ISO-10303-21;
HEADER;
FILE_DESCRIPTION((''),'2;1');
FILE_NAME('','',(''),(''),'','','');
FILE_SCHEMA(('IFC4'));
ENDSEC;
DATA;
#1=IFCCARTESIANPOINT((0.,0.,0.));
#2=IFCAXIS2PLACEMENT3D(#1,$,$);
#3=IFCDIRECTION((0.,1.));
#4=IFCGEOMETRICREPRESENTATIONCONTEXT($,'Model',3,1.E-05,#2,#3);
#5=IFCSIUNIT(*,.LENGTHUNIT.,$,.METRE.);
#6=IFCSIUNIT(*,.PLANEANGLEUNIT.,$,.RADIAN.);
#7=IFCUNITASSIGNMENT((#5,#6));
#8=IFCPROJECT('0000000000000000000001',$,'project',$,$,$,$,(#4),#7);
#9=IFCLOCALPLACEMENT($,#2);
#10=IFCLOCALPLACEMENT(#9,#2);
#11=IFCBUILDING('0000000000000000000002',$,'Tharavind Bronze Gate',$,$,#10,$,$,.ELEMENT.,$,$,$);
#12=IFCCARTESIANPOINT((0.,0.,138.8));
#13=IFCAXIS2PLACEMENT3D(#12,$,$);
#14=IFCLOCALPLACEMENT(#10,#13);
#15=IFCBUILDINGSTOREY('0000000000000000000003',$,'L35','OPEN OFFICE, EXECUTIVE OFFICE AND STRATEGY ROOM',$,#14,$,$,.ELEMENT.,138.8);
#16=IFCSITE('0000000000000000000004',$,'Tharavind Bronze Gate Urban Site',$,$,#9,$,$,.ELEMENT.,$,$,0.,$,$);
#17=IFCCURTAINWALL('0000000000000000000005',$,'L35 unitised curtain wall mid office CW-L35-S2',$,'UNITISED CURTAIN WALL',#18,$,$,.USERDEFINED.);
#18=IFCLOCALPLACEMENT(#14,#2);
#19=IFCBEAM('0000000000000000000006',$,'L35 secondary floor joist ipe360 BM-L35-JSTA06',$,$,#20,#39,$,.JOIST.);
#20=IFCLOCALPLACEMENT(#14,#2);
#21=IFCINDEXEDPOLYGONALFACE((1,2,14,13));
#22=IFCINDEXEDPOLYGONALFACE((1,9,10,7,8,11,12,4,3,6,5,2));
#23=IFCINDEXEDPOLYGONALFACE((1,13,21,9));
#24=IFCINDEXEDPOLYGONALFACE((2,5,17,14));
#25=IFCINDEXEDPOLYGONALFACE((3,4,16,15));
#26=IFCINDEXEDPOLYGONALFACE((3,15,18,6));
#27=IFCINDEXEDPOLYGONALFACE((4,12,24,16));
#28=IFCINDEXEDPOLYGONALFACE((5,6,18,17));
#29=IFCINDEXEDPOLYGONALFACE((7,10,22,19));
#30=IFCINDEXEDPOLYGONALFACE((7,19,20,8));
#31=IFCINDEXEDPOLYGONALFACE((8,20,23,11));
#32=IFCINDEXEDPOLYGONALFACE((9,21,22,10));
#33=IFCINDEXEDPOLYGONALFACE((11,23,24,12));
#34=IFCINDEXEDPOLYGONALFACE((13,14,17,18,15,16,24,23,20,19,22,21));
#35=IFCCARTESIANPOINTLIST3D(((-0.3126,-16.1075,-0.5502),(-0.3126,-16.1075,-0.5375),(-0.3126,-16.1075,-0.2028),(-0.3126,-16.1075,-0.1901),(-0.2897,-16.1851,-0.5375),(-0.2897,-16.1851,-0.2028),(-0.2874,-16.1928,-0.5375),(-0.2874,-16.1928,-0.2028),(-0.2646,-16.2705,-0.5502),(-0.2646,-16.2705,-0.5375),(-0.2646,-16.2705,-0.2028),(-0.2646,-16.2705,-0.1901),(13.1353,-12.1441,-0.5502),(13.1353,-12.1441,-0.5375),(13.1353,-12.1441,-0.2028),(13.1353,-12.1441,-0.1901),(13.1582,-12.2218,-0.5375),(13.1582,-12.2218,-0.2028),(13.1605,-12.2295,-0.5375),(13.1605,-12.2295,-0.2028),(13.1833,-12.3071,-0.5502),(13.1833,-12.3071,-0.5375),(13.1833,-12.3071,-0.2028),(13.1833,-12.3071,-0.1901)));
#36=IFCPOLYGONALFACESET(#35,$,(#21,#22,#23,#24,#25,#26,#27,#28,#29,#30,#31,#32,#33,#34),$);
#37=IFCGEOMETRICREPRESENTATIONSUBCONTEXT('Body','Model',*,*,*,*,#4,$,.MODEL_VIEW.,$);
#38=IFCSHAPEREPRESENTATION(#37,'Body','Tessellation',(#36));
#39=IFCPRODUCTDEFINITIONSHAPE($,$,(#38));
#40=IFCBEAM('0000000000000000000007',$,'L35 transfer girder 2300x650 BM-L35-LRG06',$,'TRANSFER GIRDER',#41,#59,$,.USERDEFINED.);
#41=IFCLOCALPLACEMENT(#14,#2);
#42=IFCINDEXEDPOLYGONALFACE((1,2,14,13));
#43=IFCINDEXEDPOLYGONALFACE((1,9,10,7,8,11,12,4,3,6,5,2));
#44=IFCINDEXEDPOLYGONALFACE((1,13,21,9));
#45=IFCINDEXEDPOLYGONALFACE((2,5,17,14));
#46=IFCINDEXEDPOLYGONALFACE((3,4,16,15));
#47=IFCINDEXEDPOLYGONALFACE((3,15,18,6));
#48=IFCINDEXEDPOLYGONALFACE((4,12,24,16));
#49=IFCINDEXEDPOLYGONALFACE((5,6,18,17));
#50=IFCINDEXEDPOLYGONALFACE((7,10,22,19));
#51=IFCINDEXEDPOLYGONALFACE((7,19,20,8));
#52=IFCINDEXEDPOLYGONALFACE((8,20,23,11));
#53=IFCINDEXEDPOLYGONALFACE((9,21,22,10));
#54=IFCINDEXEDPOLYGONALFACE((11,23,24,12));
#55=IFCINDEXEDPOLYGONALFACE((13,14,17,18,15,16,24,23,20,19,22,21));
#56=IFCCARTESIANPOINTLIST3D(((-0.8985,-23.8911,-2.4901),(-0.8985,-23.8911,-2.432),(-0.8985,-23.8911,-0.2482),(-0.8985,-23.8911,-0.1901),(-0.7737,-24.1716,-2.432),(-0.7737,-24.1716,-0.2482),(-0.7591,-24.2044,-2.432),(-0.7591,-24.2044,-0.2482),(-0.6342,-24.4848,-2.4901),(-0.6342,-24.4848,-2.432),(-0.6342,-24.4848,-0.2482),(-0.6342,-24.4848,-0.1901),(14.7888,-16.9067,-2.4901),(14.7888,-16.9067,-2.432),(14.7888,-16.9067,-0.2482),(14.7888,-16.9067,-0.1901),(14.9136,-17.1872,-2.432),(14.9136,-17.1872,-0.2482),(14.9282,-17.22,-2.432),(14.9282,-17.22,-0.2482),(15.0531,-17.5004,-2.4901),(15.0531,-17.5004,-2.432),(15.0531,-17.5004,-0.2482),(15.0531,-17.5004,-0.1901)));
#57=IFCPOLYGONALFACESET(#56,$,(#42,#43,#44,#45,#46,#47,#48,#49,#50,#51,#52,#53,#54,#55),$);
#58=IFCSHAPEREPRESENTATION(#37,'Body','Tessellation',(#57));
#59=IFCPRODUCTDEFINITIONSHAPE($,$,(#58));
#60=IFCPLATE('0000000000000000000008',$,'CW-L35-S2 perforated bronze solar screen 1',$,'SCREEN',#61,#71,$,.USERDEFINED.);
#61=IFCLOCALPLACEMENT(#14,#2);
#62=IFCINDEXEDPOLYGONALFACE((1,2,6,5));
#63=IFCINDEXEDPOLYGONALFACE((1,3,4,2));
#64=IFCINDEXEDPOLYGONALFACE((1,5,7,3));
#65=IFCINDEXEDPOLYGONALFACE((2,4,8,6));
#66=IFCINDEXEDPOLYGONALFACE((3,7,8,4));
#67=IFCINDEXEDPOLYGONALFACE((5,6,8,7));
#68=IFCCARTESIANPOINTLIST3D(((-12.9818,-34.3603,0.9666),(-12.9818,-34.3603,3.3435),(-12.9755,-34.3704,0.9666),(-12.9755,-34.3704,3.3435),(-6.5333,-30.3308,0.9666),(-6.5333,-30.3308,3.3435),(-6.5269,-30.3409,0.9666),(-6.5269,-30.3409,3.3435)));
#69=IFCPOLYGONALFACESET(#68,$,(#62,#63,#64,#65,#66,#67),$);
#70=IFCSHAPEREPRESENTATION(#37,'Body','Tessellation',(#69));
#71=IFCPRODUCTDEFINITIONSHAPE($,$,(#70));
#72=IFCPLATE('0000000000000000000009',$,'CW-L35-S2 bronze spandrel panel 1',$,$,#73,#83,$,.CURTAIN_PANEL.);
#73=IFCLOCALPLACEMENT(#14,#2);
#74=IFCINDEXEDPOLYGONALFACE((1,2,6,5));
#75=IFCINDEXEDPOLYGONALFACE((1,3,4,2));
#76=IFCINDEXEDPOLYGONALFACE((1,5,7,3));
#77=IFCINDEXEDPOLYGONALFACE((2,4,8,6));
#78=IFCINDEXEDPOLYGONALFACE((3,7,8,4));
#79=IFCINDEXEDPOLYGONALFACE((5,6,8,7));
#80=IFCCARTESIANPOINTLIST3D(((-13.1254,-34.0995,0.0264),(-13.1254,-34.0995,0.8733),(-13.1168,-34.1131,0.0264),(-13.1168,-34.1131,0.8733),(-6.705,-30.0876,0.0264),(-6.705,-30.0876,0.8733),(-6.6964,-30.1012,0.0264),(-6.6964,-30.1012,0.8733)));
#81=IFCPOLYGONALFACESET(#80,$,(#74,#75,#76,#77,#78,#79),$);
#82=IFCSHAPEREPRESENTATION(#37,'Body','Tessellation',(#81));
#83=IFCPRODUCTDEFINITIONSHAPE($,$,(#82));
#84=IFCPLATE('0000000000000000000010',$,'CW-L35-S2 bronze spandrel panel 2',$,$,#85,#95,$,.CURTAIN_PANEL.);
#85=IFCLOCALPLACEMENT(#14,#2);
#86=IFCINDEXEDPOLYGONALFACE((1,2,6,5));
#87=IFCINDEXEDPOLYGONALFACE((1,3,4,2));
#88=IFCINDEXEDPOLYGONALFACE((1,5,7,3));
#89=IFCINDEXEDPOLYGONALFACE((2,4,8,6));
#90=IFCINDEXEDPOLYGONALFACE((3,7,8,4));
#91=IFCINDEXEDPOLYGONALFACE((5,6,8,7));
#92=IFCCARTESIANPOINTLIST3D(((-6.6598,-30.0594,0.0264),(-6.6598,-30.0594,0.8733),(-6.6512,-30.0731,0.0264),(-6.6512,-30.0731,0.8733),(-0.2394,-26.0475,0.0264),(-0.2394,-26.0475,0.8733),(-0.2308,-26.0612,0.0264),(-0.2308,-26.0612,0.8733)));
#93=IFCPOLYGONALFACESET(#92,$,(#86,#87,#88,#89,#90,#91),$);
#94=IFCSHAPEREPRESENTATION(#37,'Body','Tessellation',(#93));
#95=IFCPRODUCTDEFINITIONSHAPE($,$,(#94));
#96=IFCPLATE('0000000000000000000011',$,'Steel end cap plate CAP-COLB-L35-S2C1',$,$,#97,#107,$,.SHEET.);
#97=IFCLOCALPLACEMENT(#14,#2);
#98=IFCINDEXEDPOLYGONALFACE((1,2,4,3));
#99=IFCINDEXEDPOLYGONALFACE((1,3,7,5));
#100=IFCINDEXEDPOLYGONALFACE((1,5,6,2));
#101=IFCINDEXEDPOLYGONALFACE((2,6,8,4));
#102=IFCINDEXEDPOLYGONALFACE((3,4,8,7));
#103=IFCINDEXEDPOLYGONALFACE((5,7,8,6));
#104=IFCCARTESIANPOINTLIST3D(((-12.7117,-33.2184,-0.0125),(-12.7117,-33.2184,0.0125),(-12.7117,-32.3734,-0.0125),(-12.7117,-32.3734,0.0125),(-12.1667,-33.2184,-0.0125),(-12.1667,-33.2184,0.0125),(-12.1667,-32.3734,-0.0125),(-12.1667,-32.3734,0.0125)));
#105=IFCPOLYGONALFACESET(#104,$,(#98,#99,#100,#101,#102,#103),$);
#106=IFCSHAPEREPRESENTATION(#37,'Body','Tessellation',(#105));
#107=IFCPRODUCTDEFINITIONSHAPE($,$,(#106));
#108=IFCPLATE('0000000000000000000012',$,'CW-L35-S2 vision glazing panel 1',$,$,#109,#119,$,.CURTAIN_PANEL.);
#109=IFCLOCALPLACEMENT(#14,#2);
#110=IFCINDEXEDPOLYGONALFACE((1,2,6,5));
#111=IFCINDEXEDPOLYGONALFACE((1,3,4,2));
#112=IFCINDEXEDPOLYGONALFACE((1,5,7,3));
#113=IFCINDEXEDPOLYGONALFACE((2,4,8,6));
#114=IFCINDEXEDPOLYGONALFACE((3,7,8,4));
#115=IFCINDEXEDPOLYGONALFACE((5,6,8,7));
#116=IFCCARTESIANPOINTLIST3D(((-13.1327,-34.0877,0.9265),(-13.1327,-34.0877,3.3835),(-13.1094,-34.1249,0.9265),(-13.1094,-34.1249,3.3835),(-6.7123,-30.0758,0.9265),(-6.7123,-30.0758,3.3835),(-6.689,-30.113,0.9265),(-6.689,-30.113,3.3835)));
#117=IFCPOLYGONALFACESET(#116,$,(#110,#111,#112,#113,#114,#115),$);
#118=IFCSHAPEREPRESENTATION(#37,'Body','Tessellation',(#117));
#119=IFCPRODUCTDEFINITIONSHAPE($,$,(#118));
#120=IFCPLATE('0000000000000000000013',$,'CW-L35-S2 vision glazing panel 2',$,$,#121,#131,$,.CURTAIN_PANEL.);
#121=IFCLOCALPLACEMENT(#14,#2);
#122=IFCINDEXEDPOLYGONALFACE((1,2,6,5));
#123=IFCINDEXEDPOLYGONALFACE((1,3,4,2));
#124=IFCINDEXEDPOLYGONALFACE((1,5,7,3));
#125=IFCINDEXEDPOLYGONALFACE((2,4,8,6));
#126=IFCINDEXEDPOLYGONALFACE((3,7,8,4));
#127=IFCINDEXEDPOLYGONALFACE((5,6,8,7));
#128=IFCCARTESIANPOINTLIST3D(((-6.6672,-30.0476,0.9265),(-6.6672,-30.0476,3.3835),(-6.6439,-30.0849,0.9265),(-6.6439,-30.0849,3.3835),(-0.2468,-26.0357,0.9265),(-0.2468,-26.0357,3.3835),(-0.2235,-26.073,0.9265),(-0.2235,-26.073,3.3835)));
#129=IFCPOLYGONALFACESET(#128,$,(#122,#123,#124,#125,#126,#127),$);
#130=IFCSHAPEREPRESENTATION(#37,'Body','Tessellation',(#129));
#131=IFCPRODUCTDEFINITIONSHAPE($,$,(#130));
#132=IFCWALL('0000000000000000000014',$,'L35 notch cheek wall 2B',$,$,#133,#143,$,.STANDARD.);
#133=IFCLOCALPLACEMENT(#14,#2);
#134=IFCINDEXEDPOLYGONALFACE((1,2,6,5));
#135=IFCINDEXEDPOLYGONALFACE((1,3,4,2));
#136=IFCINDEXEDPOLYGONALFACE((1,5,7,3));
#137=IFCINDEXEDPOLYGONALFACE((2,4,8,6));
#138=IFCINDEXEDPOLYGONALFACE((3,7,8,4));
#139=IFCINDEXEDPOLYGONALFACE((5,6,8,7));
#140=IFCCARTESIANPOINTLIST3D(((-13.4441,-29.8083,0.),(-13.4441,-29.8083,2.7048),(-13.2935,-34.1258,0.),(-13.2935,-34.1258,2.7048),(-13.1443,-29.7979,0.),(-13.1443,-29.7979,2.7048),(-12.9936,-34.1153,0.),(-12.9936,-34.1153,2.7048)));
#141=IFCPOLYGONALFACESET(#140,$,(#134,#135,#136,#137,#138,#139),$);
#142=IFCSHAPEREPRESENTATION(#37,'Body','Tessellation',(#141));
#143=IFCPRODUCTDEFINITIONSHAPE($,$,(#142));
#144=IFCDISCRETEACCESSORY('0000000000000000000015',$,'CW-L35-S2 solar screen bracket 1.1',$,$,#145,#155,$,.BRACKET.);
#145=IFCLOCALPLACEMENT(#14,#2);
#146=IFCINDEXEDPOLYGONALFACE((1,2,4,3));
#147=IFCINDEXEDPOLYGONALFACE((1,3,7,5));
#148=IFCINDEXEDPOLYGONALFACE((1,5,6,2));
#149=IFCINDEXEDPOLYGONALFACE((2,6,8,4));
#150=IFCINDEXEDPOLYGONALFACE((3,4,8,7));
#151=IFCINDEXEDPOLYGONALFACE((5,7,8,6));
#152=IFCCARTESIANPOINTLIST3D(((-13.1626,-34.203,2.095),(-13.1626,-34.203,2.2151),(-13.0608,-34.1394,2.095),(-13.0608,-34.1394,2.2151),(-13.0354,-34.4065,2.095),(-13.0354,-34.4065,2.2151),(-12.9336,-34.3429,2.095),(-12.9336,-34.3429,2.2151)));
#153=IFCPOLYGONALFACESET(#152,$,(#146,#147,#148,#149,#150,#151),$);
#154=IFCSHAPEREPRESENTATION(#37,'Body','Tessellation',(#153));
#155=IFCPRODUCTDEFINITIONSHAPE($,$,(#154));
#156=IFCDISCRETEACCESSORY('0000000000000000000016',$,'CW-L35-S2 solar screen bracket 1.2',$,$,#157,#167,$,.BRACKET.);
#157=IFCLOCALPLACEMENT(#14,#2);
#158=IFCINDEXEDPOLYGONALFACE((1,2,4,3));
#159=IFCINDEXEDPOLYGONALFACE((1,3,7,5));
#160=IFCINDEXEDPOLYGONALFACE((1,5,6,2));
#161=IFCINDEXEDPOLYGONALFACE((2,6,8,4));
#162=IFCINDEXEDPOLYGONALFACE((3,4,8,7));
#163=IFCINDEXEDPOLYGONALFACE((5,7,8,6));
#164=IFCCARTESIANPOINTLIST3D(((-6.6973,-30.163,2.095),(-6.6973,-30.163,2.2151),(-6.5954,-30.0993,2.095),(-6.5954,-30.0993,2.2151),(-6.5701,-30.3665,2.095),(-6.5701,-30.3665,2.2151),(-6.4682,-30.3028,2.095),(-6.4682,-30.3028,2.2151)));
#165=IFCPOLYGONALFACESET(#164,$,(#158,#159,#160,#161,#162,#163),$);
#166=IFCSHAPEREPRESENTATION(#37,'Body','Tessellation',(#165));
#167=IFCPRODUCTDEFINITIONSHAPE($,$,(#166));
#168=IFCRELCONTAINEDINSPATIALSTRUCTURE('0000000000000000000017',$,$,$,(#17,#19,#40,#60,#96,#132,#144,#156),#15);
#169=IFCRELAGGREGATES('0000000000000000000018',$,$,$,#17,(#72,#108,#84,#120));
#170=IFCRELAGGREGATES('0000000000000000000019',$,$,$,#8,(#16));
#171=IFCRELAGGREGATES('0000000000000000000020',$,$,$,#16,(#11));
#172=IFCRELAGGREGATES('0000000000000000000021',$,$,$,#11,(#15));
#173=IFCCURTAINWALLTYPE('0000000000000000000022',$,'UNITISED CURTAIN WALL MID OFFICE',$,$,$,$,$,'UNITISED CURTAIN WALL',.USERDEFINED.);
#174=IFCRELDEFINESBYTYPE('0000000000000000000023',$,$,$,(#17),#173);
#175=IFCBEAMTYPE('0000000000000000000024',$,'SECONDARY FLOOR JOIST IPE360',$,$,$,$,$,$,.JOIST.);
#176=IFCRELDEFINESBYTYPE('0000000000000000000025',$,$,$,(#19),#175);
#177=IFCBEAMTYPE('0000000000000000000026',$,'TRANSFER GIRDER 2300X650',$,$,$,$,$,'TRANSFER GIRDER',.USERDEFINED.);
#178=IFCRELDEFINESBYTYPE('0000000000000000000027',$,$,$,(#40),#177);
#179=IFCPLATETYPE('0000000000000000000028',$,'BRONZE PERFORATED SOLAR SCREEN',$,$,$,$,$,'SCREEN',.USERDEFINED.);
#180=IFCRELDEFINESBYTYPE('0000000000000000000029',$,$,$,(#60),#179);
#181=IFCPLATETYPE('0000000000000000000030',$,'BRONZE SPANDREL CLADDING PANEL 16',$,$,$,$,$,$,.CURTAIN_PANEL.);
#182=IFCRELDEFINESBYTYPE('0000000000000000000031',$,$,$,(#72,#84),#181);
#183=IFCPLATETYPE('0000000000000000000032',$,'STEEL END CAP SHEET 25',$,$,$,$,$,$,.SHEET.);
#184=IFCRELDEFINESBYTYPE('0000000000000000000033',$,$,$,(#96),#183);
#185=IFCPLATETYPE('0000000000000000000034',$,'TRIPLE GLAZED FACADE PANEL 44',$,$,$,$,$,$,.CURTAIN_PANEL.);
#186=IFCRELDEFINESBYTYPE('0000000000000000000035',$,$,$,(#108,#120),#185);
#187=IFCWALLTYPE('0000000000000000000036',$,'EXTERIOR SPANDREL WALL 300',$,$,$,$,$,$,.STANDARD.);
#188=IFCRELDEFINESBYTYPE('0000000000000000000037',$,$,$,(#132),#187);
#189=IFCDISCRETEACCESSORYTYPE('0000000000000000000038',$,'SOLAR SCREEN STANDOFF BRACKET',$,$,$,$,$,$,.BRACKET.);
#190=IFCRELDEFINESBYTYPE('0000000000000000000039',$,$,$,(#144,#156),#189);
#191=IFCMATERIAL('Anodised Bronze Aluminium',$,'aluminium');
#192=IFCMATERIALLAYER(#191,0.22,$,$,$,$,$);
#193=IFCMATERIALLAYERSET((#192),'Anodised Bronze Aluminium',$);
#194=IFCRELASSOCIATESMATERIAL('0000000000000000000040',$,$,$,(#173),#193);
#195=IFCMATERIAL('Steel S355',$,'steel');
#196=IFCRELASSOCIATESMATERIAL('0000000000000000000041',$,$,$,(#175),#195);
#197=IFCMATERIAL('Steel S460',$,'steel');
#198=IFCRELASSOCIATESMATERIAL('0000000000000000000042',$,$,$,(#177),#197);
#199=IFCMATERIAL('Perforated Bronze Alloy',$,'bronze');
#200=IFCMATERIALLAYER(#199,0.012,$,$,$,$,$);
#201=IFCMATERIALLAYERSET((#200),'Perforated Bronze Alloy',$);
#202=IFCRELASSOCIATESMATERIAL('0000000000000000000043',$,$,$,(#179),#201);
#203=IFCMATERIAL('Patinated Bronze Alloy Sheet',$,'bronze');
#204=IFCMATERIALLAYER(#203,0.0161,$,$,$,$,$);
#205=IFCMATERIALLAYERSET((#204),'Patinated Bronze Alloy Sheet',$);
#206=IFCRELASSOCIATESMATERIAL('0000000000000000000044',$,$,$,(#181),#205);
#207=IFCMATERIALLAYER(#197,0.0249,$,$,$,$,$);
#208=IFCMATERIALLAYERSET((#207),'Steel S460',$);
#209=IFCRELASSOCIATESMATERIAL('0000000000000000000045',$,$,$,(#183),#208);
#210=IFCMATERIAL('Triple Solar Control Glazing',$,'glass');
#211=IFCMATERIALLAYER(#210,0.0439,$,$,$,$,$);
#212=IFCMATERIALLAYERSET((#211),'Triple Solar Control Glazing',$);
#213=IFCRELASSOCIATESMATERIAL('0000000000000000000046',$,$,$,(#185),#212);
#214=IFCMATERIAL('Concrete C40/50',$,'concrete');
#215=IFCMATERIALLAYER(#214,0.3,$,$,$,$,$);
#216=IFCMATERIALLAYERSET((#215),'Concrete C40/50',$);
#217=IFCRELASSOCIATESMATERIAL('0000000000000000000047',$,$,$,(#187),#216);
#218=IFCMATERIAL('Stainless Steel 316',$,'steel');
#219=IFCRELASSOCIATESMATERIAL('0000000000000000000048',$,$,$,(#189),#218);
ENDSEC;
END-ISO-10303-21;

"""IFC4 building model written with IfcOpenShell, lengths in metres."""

from ifc_helpers import new_model, si_unit, direction, frame, frame_2d, origin, origin_2d, place, context, subcontext, project, spatial, rectangle, i_section, extrude, material, layer, layer_set, material_profile, profile_set, type_object, element, aggregate, save


model = new_model("IFC4")

# Units and contexts
model_context = context("Model", 3, precision=1e-05, world=origin(), true_north=direction((0.0, 1.0)))
body_context = subcontext(model_context, "Body", "Model", "MODEL_VIEW")
ifc_project = project(units=[si_unit("LENGTHUNIT", "METRE"), si_unit("PLANEANGLEUNIT", "RADIAN")], contexts=[model_context])

# Site, building, storey
site_placement = place(None, origin())
site = spatial("IfcSite", under=ifc_project, at=site_placement, Name="Tharavind Bronze Gate Urban Site", CompositionType="ELEMENT", RefElevation=0.0)
building_placement = place(site_placement, origin())
building = spatial("IfcBuilding", under=site, at=building_placement, Name="Tharavind Bronze Gate", CompositionType="ELEMENT")
storey_placement = place(building_placement, frame((0.0, 0.0, 138.8)))
storey = spatial("IfcBuildingStorey", under=building, at=storey_placement, Name="L35", Description="OPEN OFFICE, EXECUTIVE OFFICE AND STRATEGY ROOM", CompositionType="ELEMENT", Elevation=138.8)

# Shared definitions
ifc_material_1 = material(Name="Steel S460", Category="steel")

# Curtain wall
ifc_material_2 = material(Name="Anodised Bronze Aluminium", Category="aluminium")
ifc_layer_1 = layer(ifc_material_2, 0.22)
ifc_layer_set_1 = layer_set([ifc_layer_1], Name="Anodised Bronze Aluminium")
curtain_wall_type = type_object("IfcCurtainWallType", Name="UNITISED CURTAIN WALL MID OFFICE", ElementType="UNITISED CURTAIN WALL", PredefinedType="USERDEFINED", material=ifc_layer_set_1)
curtain_wall_placement = place(storey_placement, origin())
curtain_wall = element("IfcCurtainWall", 1, at=curtain_wall_placement, inside=storey, type_object=curtain_wall_type, Name="L35 unitised curtain wall mid office CW-L35-S2", ObjectType="UNITISED CURTAIN WALL", PredefinedType="USERDEFINED")

# Beams
ifc_material_3 = material(Name="Steel S355", Category="steel")
ifc_material_profile_1 = material_profile(ifc_material_3, i_section(OverallWidth=0.1699, OverallDepth=0.3601, WebThickness=0.0081, FlangeThickness=0.0127, at=origin_2d()), Name="IPE360")
ifc_profile_set_1 = profile_set([ifc_material_profile_1], Name="Steel S355")
beam_type_1 = type_object("IfcBeamType", Name="SECONDARY FLOOR JOIST IPE360", PredefinedType="JOIST", material=ifc_profile_set_1)
beam_1_placement = place(storey_placement, frame((-0.2886, -16.189, -0.3701), z_axis=(0.959209, 0.282697, 0.0), x_axis=(-0.282697, 0.959209, 0.0)))
element("IfcBeam", 2, at=beam_1_placement, inside=storey, type_object=beam_type_1, Name="L35 secondary floor joist ipe360 BM-L35-JSTA06", PredefinedType="JOIST", context=body_context, shape_type="SweptSolid", body=[
    extrude(i_section(OverallWidth=0.1699, OverallDepth=0.3601, WebThickness=0.0081, FlangeThickness=0.0127, at=origin_2d()), origin(), (0.0, 0.0, 1.0), 14.0198),
])
ifc_material_profile_2 = material_profile(ifc_material_1, i_section(OverallWidth=0.6499, OverallDepth=2.3, WebThickness=0.0359, FlangeThickness=0.0581, at=origin_2d()), Name="PG2300X650")
ifc_profile_set_2 = profile_set([ifc_material_profile_2], Name="Steel S460")
beam_type_2 = type_object("IfcBeamType", Name="TRANSFER GIRDER 2300X650", ElementType="TRANSFER GIRDER", PredefinedType="USERDEFINED", material=ifc_profile_set_2)
beam_2_placement = place(storey_placement, frame((-0.7664, -24.188, -1.3401), z_axis=(0.913546, 0.406735, 0.0), x_axis=(-0.406735, 0.913546, 0.0)))
element("IfcBeam", 3, at=beam_2_placement, inside=storey, type_object=beam_type_2, Name="L35 transfer girder 2300x650 BM-L35-LRG06", ObjectType="TRANSFER GIRDER", PredefinedType="USERDEFINED", context=body_context, shape_type="SweptSolid", body=[
    extrude(i_section(OverallWidth=0.6499, OverallDepth=2.3, WebThickness=0.0359, FlangeThickness=0.0581, at=origin_2d()), origin(), (0.0, 0.0, 1.0), 17.1719),
])

# Plates
ifc_material_4 = material(Name="Perforated Bronze Alloy", Category="bronze")
ifc_layer_2 = layer(ifc_material_4, 0.012)
ifc_layer_set_2 = layer_set([ifc_layer_2], Name="Perforated Bronze Alloy")
plate_type_1 = type_object("IfcPlateType", Name="BRONZE PERFORATED SOLAR SCREEN", ElementType="SCREEN", PredefinedType="USERDEFINED", material=ifc_layer_set_2)
plate_1_placement = place(storey_placement, frame((-9.7544, -32.3506, 0.9666), z_axis=(0.0, 0.0, 1.0), x_axis=(0.848048, 0.529919, 0.0)))
element("IfcPlate", 4, at=plate_1_placement, inside=storey, type_object=plate_type_1, Name="CW-L35-S2 perforated bronze solar screen 1", ObjectType="SCREEN", PredefinedType="USERDEFINED", context=body_context, shape_type="SweptSolid", body=[
    extrude(rectangle(XDim=7.604, YDim=0.012, at=origin_2d()), origin(), (0.0, 0.0, 1.0), 2.377),
])
ifc_material_5 = material(Name="Patinated Bronze Alloy Sheet", Category="bronze")
ifc_layer_3 = layer(ifc_material_5, 0.0161)
ifc_layer_set_3 = layer_set([ifc_layer_3], Name="Patinated Bronze Alloy Sheet")
plate_type_2 = type_object("IfcPlateType", Name="BRONZE SPANDREL CLADDING PANEL 16", PredefinedType="CURTAIN_PANEL", material=ifc_layer_set_3)
plate_2_placement = place(storey_placement, frame((-9.9109, -32.1003, 0.0264), z_axis=(0.0, 0.0, 1.0), x_axis=(0.848048, 0.529919, 0.0)))
plate_2 = element("IfcPlate", 5, at=plate_2_placement, type_object=plate_type_2, Name="CW-L35-S2 bronze spandrel panel 1", PredefinedType="CURTAIN_PANEL", context=body_context, shape_type="SweptSolid", body=[
    extrude(rectangle(XDim=7.5708, YDim=0.0161, at=origin_2d()), origin(), (0.0, 0.0, 1.0), 0.8469),
])
plate_3_placement = place(storey_placement, frame((-3.4453, -28.0603, 0.0264), z_axis=(0.0, 0.0, 1.0), x_axis=(0.848048, 0.529919, 0.0)))
plate_3 = element("IfcPlate", 6, at=plate_3_placement, type_object=plate_type_2, Name="CW-L35-S2 bronze spandrel panel 2", PredefinedType="CURTAIN_PANEL", context=body_context, shape_type="SweptSolid", body=[
    extrude(rectangle(XDim=7.5708, YDim=0.0161, at=origin_2d()), origin(), (0.0, 0.0, 1.0), 0.8469),
])
ifc_layer_4 = layer(ifc_material_1, 0.0249)
ifc_layer_set_4 = layer_set([ifc_layer_4], Name="Steel S460")
plate_type_3 = type_object("IfcPlateType", Name="STEEL END CAP SHEET 25", PredefinedType="SHEET", material=ifc_layer_set_4)
plate_4_placement = place(storey_placement, frame((-12.4392, -32.7959, -0.0125), z_axis=(0.0, 0.0, 1.0), x_axis=(1.0, 0.0, 0.0)))
element("IfcPlate", 7, at=plate_4_placement, inside=storey, type_object=plate_type_3, Name="Steel end cap plate CAP-COLB-L35-S2C1", PredefinedType="SHEET", context=body_context, shape_type="SweptSolid", body=[
    extrude(rectangle(XDim=0.5449, YDim=0.845, at=origin_2d()), origin(), (0.0, 0.0, 1.0), 0.0249),
])
ifc_material_6 = material(Name="Triple Solar Control Glazing", Category="glass")
ifc_layer_5 = layer(ifc_material_6, 0.0439)
ifc_layer_set_5 = layer_set([ifc_layer_5], Name="Triple Solar Control Glazing")
plate_type_4 = type_object("IfcPlateType", Name="TRIPLE GLAZED FACADE PANEL 44", PredefinedType="CURTAIN_PANEL", material=ifc_layer_set_5)
plate_5_placement = place(storey_placement, frame((-9.9109, -32.1003, 0.9265), z_axis=(0.0, 0.0, 1.0), x_axis=(0.848048, 0.529919, 0.0)))
plate_5 = element("IfcPlate", 8, at=plate_5_placement, type_object=plate_type_4, Name="CW-L35-S2 vision glazing panel 1", PredefinedType="CURTAIN_PANEL", context=body_context, shape_type="SweptSolid", body=[
    extrude(rectangle(XDim=7.5708, YDim=0.0439, at=origin_2d()), origin(), (0.0, 0.0, 1.0), 2.457),
])
plate_6_placement = place(storey_placement, frame((-3.4453, -28.0603, 0.9265), z_axis=(0.0, 0.0, 1.0), x_axis=(0.848048, 0.529919, 0.0)))
plate_6 = element("IfcPlate", 9, at=plate_6_placement, type_object=plate_type_4, Name="CW-L35-S2 vision glazing panel 2", PredefinedType="CURTAIN_PANEL", context=body_context, shape_type="SweptSolid", body=[
    extrude(rectangle(XDim=7.5708, YDim=0.0439, at=origin_2d()), origin(), (0.0, 0.0, 1.0), 2.457),
])
aggregate(curtain_wall, [plate_2, plate_5, plate_3, plate_6])

# Wall
ifc_material_7 = material(Name="Concrete C40/50", Category="concrete")
ifc_layer_6 = layer(ifc_material_7, 0.3)
ifc_layer_set_6 = layer_set([ifc_layer_6], Name="Concrete C40/50")
wall_type = type_object("IfcWallType", Name="EXTERIOR SPANDREL WALL 300", PredefinedType="STANDARD", material=ifc_layer_set_6)
wall_placement = place(storey_placement, frame((-13.2942, -29.803, 0.0), z_axis=(0.0, 0.0, 1.0), x_axis=(0.034869, -0.999392, 0.0)))
element("IfcWall", 10, at=wall_placement, inside=storey, type_object=wall_type, Name="L35 notch cheek wall 2B", PredefinedType="STANDARD", context=body_context, shape_type="SweptSolid", body=[
    extrude(rectangle(XDim=4.3201, YDim=0.3, at=frame_2d((2.1602, 0.0))), origin(), (0.0, 0.0, 1.0), 2.7048),
])

# Discrete accessories
ifc_material_8 = material(Name="Stainless Steel 316", Category="steel")
discrete_accessory_type = type_object("IfcDiscreteAccessoryType", Name="SOLAR SCREEN STANDOFF BRACKET", PredefinedType="BRACKET", material=ifc_material_8)
for number, where, z_axis, x_axis, name in (
    (11, (-13.0481, -34.2729, 2.095), (0.0, 0.0, 1.0), (0.848048, 0.529919, 0.0), "CW-L35-S2 solar screen bracket 1.1"),
    (12, (-6.5828, -30.2329, 2.095), (0.0, 0.0, 1.0), (0.848048, 0.529919, 0.0), "CW-L35-S2 solar screen bracket 1.2"),
):
    element("IfcDiscreteAccessory", number, at=place(storey_placement, frame(where, z_axis=z_axis, x_axis=x_axis)), inside=storey, type_object=discrete_accessory_type, Name=name, PredefinedType="BRACKET", context=body_context, shape_type="SweptSolid", body=[
        extrude(rectangle(XDim=0.1201, YDim=0.24, at=origin_2d()), origin(), (0.0, 0.0, 1.0), 0.1201),
    ])

save(model, "model.ifc")
